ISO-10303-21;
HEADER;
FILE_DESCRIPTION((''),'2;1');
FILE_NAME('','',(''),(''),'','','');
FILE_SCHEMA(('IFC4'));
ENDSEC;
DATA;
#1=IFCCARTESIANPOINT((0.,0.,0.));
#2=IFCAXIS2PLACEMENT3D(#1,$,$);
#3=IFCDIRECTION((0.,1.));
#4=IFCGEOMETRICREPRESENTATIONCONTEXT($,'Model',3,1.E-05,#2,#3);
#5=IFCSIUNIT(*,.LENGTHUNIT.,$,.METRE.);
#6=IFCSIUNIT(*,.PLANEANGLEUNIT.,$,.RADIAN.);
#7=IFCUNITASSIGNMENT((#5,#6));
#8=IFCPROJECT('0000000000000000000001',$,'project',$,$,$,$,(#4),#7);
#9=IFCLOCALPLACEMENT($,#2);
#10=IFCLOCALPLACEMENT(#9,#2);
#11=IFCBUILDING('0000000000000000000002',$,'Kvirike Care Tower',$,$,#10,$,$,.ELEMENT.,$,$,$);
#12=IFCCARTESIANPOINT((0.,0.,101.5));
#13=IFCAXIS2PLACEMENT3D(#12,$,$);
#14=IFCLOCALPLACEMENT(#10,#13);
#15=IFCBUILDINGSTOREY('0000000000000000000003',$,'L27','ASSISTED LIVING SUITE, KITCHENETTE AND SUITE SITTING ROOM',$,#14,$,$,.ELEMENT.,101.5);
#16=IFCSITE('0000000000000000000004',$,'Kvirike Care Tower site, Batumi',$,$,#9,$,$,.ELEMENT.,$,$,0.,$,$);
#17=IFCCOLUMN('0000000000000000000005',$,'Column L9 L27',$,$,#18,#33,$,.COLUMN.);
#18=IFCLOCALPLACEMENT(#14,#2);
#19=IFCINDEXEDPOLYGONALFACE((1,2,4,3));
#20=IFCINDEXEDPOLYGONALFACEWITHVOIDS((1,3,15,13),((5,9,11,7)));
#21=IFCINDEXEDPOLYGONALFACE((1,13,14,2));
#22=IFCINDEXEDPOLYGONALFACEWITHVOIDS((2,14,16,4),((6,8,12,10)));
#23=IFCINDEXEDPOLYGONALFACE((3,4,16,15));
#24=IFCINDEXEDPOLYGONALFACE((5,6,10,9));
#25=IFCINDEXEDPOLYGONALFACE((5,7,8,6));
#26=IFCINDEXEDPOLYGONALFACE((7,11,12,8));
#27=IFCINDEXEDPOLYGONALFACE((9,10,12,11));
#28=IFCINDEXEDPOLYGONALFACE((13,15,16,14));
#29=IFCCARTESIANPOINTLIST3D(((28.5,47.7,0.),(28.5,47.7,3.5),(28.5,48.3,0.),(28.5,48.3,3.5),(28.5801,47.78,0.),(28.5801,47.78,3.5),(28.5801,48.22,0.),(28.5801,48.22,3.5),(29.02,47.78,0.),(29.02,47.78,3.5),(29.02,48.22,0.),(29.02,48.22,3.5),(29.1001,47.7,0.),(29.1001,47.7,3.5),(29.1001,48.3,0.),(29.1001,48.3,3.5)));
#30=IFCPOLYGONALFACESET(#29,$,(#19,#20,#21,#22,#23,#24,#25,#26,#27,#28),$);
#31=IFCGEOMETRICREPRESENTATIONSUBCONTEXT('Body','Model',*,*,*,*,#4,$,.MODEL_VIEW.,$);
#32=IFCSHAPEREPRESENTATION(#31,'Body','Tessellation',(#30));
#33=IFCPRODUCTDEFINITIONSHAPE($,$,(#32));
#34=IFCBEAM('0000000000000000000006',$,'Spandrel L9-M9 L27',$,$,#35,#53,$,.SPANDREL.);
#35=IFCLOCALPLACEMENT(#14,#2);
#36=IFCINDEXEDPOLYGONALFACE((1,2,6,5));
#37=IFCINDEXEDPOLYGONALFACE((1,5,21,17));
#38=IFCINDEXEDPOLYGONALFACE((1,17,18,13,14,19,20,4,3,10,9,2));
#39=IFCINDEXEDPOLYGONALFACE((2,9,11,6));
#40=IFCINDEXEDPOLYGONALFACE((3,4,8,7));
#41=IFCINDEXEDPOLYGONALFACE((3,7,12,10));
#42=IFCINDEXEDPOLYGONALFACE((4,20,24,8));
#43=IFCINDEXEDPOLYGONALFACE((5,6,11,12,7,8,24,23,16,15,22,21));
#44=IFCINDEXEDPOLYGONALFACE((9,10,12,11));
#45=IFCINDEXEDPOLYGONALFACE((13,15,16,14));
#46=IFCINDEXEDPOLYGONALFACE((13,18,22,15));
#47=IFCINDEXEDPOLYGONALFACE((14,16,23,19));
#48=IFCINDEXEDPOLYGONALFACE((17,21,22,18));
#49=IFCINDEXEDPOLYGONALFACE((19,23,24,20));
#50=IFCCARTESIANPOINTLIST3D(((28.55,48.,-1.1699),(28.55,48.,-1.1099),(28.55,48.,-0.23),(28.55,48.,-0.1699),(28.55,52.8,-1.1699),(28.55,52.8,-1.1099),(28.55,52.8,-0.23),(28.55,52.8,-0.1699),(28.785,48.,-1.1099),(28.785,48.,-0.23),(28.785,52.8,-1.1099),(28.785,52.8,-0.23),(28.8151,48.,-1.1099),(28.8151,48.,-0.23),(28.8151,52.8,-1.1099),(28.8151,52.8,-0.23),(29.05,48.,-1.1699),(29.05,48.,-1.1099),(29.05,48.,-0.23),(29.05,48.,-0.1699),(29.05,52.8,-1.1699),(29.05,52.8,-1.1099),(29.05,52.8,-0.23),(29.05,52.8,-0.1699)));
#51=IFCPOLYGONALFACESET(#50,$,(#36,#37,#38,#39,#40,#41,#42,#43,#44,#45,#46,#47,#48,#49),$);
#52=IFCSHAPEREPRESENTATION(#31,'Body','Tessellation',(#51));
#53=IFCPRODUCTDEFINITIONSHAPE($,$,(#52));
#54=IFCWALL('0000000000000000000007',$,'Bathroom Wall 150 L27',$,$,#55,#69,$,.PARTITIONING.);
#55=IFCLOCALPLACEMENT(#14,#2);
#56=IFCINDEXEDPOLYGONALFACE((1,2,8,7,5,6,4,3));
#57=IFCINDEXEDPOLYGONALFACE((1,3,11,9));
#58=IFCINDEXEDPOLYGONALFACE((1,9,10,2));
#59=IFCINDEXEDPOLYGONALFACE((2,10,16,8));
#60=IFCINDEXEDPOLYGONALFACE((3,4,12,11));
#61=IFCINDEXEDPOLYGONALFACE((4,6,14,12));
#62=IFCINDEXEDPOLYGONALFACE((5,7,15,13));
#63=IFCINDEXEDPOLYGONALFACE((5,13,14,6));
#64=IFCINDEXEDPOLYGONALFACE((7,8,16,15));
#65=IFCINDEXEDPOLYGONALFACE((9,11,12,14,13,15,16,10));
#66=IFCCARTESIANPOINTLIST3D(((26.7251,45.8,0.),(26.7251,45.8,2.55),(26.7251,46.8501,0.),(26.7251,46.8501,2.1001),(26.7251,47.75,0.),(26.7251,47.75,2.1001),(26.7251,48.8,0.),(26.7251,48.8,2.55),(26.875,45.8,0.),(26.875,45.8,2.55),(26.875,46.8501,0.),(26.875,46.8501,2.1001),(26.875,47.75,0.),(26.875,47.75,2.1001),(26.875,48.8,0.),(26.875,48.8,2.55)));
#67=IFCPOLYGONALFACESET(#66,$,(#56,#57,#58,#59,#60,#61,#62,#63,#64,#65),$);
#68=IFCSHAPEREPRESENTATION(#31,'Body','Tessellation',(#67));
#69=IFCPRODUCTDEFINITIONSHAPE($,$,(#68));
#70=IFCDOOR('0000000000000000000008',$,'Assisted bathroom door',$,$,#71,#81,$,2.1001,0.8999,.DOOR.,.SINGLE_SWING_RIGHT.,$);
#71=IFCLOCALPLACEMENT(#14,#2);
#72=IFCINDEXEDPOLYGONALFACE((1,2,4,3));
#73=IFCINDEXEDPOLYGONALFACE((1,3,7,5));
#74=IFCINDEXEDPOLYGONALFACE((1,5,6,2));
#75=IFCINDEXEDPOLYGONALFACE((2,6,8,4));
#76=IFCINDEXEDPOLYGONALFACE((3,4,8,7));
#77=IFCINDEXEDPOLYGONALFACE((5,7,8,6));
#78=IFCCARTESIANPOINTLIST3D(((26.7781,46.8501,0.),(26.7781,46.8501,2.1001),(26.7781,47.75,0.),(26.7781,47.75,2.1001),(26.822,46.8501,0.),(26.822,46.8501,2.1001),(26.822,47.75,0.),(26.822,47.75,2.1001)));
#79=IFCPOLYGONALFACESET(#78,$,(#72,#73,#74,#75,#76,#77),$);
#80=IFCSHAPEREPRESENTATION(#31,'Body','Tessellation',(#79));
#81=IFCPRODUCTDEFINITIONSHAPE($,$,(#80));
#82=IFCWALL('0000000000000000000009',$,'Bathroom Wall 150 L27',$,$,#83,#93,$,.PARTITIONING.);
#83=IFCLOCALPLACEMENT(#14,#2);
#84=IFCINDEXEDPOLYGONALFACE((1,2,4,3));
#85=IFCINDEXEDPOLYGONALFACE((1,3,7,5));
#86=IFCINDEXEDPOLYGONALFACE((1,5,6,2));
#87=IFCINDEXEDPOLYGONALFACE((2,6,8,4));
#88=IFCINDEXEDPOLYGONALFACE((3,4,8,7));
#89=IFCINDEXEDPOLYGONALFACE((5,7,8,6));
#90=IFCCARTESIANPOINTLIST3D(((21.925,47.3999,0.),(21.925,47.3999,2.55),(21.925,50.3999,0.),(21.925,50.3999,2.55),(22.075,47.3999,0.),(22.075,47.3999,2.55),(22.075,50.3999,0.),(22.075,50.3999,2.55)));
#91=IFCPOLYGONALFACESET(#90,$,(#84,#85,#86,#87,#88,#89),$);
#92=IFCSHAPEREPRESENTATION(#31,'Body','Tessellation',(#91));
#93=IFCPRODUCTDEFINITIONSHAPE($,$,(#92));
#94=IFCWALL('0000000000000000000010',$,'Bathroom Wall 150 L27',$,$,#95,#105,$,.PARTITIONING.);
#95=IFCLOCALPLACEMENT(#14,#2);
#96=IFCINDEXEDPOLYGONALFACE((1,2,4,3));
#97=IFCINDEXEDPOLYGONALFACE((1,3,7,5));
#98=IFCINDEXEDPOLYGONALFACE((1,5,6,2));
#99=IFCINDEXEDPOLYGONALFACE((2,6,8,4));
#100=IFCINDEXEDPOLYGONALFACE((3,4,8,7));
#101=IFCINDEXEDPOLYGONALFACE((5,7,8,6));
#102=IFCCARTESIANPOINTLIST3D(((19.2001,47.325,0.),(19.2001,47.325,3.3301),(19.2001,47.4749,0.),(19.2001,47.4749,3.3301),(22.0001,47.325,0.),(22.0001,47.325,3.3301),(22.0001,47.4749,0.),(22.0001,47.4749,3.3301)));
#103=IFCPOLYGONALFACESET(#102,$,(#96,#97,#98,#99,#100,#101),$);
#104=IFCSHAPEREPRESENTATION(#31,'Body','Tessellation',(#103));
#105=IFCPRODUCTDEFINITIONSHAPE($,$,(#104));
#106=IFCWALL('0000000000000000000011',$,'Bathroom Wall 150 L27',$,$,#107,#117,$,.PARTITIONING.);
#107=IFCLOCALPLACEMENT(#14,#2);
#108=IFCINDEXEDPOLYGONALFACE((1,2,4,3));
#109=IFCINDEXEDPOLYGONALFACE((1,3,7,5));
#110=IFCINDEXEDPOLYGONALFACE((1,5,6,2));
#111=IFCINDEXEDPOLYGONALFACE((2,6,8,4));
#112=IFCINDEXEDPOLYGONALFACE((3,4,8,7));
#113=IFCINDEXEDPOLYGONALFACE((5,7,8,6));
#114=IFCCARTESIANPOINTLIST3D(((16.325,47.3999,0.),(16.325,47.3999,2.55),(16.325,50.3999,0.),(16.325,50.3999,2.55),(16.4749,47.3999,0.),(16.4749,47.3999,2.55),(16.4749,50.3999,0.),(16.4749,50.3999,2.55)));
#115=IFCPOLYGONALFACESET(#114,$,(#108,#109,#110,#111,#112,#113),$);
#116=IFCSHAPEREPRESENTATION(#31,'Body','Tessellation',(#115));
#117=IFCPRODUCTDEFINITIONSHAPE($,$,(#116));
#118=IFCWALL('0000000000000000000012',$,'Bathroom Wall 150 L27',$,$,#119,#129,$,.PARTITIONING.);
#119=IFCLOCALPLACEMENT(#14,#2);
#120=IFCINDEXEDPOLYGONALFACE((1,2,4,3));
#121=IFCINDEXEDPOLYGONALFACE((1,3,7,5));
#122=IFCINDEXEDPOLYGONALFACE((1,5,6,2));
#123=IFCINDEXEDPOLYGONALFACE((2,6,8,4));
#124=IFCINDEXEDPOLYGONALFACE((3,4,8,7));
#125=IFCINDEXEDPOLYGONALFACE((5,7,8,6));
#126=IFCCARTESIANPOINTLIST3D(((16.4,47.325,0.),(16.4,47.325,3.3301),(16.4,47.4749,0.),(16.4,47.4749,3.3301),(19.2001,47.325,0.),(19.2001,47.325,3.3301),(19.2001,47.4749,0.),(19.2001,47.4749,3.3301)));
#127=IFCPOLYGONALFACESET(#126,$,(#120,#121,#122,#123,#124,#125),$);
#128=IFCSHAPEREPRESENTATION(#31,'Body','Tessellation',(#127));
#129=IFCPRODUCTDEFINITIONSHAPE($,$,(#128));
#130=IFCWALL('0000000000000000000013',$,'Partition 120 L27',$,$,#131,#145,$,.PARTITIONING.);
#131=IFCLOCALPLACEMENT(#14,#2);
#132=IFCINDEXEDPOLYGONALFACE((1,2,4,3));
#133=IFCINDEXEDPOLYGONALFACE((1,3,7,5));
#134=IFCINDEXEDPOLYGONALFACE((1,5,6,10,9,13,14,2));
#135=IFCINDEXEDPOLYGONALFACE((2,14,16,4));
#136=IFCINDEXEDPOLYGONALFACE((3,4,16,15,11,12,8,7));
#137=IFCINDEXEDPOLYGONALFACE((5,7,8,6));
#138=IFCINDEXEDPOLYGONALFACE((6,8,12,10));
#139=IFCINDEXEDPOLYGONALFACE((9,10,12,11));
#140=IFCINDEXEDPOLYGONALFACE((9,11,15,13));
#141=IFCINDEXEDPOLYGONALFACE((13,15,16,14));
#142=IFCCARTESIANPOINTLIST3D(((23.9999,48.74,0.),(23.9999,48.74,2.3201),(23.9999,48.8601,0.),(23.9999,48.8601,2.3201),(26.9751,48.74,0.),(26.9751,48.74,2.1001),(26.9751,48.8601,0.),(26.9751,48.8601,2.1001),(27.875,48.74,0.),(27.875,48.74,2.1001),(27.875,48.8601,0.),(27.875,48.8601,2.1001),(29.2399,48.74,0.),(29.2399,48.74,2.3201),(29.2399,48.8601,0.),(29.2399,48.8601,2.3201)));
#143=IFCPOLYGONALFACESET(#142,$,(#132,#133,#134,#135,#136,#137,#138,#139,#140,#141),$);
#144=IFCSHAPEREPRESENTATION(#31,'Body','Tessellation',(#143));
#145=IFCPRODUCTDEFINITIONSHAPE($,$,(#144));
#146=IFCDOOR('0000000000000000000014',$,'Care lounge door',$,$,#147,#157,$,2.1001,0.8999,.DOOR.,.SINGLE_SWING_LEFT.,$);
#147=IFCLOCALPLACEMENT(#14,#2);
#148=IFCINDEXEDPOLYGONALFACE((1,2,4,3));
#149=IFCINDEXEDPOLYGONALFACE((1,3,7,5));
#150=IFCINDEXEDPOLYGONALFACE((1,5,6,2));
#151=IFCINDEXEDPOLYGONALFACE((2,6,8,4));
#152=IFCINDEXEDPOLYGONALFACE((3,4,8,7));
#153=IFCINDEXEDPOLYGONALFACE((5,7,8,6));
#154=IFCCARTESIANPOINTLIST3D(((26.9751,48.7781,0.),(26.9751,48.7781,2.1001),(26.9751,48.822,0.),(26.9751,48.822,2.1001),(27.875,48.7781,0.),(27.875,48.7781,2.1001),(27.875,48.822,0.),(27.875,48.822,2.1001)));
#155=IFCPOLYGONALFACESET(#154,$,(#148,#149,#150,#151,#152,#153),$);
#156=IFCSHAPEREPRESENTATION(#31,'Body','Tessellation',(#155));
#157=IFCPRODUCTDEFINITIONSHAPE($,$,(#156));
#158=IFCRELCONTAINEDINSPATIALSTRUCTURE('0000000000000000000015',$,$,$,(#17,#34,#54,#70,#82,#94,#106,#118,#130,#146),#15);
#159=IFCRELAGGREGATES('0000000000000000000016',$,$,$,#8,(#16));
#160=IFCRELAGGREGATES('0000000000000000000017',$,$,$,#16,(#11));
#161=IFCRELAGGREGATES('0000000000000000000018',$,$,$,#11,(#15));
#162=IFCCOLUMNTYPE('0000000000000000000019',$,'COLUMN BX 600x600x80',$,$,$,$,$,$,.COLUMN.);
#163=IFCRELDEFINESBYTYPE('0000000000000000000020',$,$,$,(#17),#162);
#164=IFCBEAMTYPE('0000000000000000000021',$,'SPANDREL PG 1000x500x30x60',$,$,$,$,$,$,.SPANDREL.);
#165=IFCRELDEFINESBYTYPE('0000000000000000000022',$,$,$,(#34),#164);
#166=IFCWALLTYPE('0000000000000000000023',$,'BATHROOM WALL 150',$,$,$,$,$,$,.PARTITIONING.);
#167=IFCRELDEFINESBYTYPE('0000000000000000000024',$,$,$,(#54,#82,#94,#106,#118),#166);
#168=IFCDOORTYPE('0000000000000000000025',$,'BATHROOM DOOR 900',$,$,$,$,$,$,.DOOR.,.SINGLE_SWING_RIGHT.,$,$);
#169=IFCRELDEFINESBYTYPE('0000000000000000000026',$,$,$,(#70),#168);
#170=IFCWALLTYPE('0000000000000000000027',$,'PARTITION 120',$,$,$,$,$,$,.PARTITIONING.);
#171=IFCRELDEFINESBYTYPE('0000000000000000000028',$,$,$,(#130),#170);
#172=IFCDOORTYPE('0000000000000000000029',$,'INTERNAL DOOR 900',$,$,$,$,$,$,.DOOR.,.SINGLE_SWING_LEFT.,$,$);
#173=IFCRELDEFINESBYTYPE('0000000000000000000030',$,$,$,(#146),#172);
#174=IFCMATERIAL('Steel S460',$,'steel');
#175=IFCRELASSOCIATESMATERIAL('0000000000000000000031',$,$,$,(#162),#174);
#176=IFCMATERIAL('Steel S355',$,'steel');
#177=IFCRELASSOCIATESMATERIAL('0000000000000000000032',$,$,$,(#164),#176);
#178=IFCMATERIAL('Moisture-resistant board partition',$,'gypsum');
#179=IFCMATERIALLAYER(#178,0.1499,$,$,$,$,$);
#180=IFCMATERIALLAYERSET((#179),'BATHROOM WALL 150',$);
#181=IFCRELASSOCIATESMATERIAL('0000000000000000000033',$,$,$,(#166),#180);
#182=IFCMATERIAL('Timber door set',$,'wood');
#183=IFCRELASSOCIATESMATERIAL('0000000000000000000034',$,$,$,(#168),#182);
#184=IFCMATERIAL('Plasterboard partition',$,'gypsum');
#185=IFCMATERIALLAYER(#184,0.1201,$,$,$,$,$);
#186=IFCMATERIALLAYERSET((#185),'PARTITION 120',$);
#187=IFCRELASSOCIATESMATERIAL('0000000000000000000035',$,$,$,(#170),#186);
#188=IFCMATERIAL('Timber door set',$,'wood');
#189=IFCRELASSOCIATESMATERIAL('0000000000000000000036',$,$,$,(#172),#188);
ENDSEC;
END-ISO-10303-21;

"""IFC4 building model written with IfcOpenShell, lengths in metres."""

from ifc_helpers import new_model, si_unit, direction, frame, frame_2d, origin, origin_2d, place, context, subcontext, project, spatial, rectangle, hollow_rectangle, i_section, extrude, material, layer, layer_set, material_profile, profile_set, type_object, element, fill, save


model = new_model("IFC4")

# Units and contexts
model_context = context("Model", 3, precision=1e-05, world=origin(), true_north=direction((0.0, 1.0)))
body_context = subcontext(model_context, "Body", "Model", "MODEL_VIEW")
ifc_project = project(units=[si_unit("LENGTHUNIT", "METRE"), si_unit("PLANEANGLEUNIT", "RADIAN")], contexts=[model_context])

# Site, building, storey
site_placement = place(None, origin())
site = spatial("IfcSite", under=ifc_project, at=site_placement, Name="Kvirike Care Tower site, Batumi", CompositionType="ELEMENT", RefElevation=0.0)
building_placement = place(site_placement, origin())
building = spatial("IfcBuilding", under=site, at=building_placement, Name="Kvirike Care Tower", CompositionType="ELEMENT")
storey_placement = place(building_placement, frame((0.0, 0.0, 101.5)))
storey = spatial("IfcBuildingStorey", under=building, at=storey_placement, Name="L27", Description="ASSISTED LIVING SUITE, KITCHENETTE AND SUITE SITTING ROOM", CompositionType="ELEMENT", Elevation=101.5)

# Column
ifc_material_1 = material(Name="Steel S460", Category="steel")
ifc_material_profile_1 = material_profile(ifc_material_1, hollow_rectangle(XDim=0.6001, YDim=0.6001, WallThickness=0.0801, at=origin_2d()), Name="BX 600x600x80")
ifc_profile_set_1 = profile_set([ifc_material_profile_1], Name="Steel S460")
column_type = type_object("IfcColumnType", Name="COLUMN BX 600x600x80", PredefinedType="COLUMN", material=ifc_profile_set_1)
column_placement = place(storey_placement, frame((28.8, 48.0, 0.0), z_axis=(0.0, 0.0, 1.0), x_axis=(1.0, 0.0, 0.0)))
element("IfcColumn", 1, at=column_placement, inside=storey, type_object=column_type, Name="Column L9 L27", PredefinedType="COLUMN", context=body_context, shape_type="SweptSolid", body=[
    extrude(hollow_rectangle(XDim=0.6001, YDim=0.6001, WallThickness=0.0801, at=origin_2d()), origin(), (0.0, 0.0, 1.0), 3.5),
])

# Beam
ifc_material_2 = material(Name="Steel S355", Category="steel")
ifc_material_profile_2 = material_profile(ifc_material_2, i_section(OverallWidth=0.5, OverallDepth=1.0, WebThickness=0.03, FlangeThickness=0.0601, at=origin_2d()), Name="PG 1000x500x30x60")
ifc_profile_set_2 = profile_set([ifc_material_profile_2], Name="Steel S355")
beam_type = type_object("IfcBeamType", Name="SPANDREL PG 1000x500x30x60", PredefinedType="SPANDREL", material=ifc_profile_set_2)
beam_placement = place(storey_placement, frame((28.8, 48.0, -0.6699), z_axis=(0.0, 1.0, 0.0), x_axis=(-1.0, 0.0, 0.0)))
element("IfcBeam", 2, at=beam_placement, inside=storey, type_object=beam_type, Name="Spandrel L9-M9 L27", PredefinedType="SPANDREL", context=body_context, shape_type="SweptSolid", body=[
    extrude(i_section(OverallWidth=0.5, OverallDepth=1.0, WebThickness=0.03, FlangeThickness=0.0601, at=origin_2d()), origin(), (0.0, 0.0, 1.0), 4.8),
])

# Wall, opening, door
ifc_material_3 = material(Name="Moisture-resistant board partition", Category="gypsum")
ifc_layer_1 = layer(ifc_material_3, 0.1499)
ifc_layer_set_1 = layer_set([ifc_layer_1], Name="BATHROOM WALL 150")
wall_type_1 = type_object("IfcWallType", Name="BATHROOM WALL 150", PredefinedType="PARTITIONING", material=ifc_layer_set_1)
wall_1_placement = place(storey_placement, frame((26.8, 48.8, 0.0), z_axis=(0.0, 0.0, 1.0), x_axis=(0.0, -1.0, 0.0)))
wall_1 = element("IfcWall", 3, at=wall_1_placement, inside=storey, type_object=wall_type_1, Name="Bathroom Wall 150 L27", PredefinedType="PARTITIONING", context=body_context, shape_type="SweptSolid", body=[
    extrude(rectangle(XDim=3.0, YDim=0.1499, at=frame_2d((1.5, 0.0))), origin(), (0.0, 0.0, 1.0), 2.55),
])
opening_1_placement = place(wall_1_placement, frame((1.05, 0.0, 0.0)))
opening_1 = element("IfcOpeningElement", 4, at=opening_1_placement, cuts=wall_1, PredefinedType="OPENING", context=body_context, shape_type="SweptSolid", body=[
    extrude(rectangle(XDim=0.8999, YDim=2.1001, at=frame_2d((0.45, 1.05))), frame((0.0, 0.0854, 0.0), z_axis=(0.0, -1.0, 0.0), x_axis=(1.0, 0.0, 0.0)), (0.0, 0.0, 1.0), 0.1709),
])
ifc_material_4 = material(Name="Timber door set", Category="wood")
door_type_1 = type_object("IfcDoorType", Name="BATHROOM DOOR 900", OperationType="SINGLE_SWING_RIGHT", PredefinedType="DOOR", material=ifc_material_4)
door_1_placement = place(opening_1_placement, origin())
door_1 = element("IfcDoor", 5, at=door_1_placement, inside=storey, type_object=door_type_1, Name="Assisted bathroom door", OperationType="SINGLE_SWING_RIGHT", OverallHeight=2.1001, OverallWidth=0.8999, PredefinedType="DOOR", context=body_context, shape_type="SweptSolid", body=[
    extrude(rectangle(XDim=0.8999, YDim=2.1001, at=frame_2d((0.45, 1.05))), frame((0.0, 0.022, 0.0), z_axis=(0.0, -1.0, 0.0), x_axis=(1.0, 0.0, 0.0)), (0.0, 0.0, 1.0), 0.0439),
])
fill(opening_1, door_1)

# Walls
wall_2_placement = place(storey_placement, frame((22.0, 50.3999, 0.0), z_axis=(0.0, 0.0, 1.0), x_axis=(0.0, -1.0, 0.0)))
element("IfcWall", 6, at=wall_2_placement, inside=storey, type_object=wall_type_1, Name="Bathroom Wall 150 L27", PredefinedType="PARTITIONING", context=body_context, shape_type="SweptSolid", body=[
    extrude(rectangle(XDim=3.0, YDim=0.1499, at=frame_2d((1.5, 0.0))), origin(), (0.0, 0.0, 1.0), 2.55),
])
wall_3_placement = place(storey_placement, frame((22.0, 47.3999, 0.0), z_axis=(0.0, 0.0, 1.0), x_axis=(-1.0, 0.0, 0.0)))
element("IfcWall", 7, at=wall_3_placement, inside=storey, type_object=wall_type_1, Name="Bathroom Wall 150 L27", PredefinedType="PARTITIONING", context=body_context, shape_type="SweptSolid", body=[
    extrude(rectangle(XDim=2.8, YDim=0.1499, at=frame_2d((1.3999, 0.0))), origin(), (0.0, 0.0, 1.0), 3.3301),
])
wall_4_placement = place(storey_placement, frame((16.3999, 50.3999, 0.0), z_axis=(0.0, 0.0, 1.0), x_axis=(0.0, -1.0, 0.0)))
element("IfcWall", 8, at=wall_4_placement, inside=storey, type_object=wall_type_1, Name="Bathroom Wall 150 L27", PredefinedType="PARTITIONING", context=body_context, shape_type="SweptSolid", body=[
    extrude(rectangle(XDim=3.0, YDim=0.1499, at=frame_2d((1.5, 0.0))), origin(), (0.0, 0.0, 1.0), 2.55),
])
wall_5_placement = place(storey_placement, frame((19.2, 47.3999, 0.0), z_axis=(0.0, 0.0, 1.0), x_axis=(-1.0, 0.0, 0.0)))
element("IfcWall", 9, at=wall_5_placement, inside=storey, type_object=wall_type_1, Name="Bathroom Wall 150 L27", PredefinedType="PARTITIONING", context=body_context, shape_type="SweptSolid", body=[
    extrude(rectangle(XDim=2.8, YDim=0.1499, at=frame_2d((1.3999, 0.0))), origin(), (0.0, 0.0, 1.0), 3.3301),
])

# Wall, opening, door
ifc_material_5 = material(Name="Plasterboard partition", Category="gypsum")
ifc_layer_2 = layer(ifc_material_5, 0.1201)
ifc_layer_set_2 = layer_set([ifc_layer_2], Name="PARTITION 120")
wall_type_2 = type_object("IfcWallType", Name="PARTITION 120", PredefinedType="PARTITIONING", material=ifc_layer_set_2)
wall_6_placement = place(storey_placement, frame((29.24, 48.8, 0.0), z_axis=(0.0, 0.0, 1.0), x_axis=(-1.0, 0.0, 0.0)))
wall_6 = element("IfcWall", 10, at=wall_6_placement, inside=storey, type_object=wall_type_2, Name="Partition 120 L27", PredefinedType="PARTITIONING", context=body_context, shape_type="SweptSolid", body=[
    extrude(rectangle(XDim=5.24, YDim=0.1201, at=frame_2d((2.6201, 0.0))), origin(), (0.0, 0.0, 1.0), 2.3201),
])
opening_2_placement = place(wall_6_placement, frame((1.365, 0.0, 0.0)))
opening_2 = element("IfcOpeningElement", 11, at=opening_2_placement, cuts=wall_6, PredefinedType="OPENING", context=body_context, shape_type="SweptSolid", body=[
    extrude(rectangle(XDim=0.8999, YDim=2.1001, at=frame_2d((0.45, 1.05))), frame((0.0, 0.0706, 0.0), z_axis=(0.0, -1.0, 0.0), x_axis=(1.0, 0.0, 0.0)), (0.0, 0.0, 1.0), 0.1411),
])
ifc_material_6 = material(Name="Timber door set", Category="wood")
door_type_2 = type_object("IfcDoorType", Name="INTERNAL DOOR 900", OperationType="SINGLE_SWING_LEFT", PredefinedType="DOOR", material=ifc_material_6)
door_2_placement = place(opening_2_placement, origin())
door_2 = element("IfcDoor", 12, at=door_2_placement, inside=storey, type_object=door_type_2, Name="Care lounge door", OperationType="SINGLE_SWING_LEFT", OverallHeight=2.1001, OverallWidth=0.8999, PredefinedType="DOOR", context=body_context, shape_type="SweptSolid", body=[
    extrude(rectangle(XDim=0.8999, YDim=2.1001, at=frame_2d((0.45, 1.05))), frame((0.0, 0.022, 0.0), z_axis=(0.0, -1.0, 0.0), x_axis=(1.0, 0.0, 0.0)), (0.0, 0.0, 1.0), 0.0439),
])
fill(opening_2, door_2)

save(model, "model.ifc")
